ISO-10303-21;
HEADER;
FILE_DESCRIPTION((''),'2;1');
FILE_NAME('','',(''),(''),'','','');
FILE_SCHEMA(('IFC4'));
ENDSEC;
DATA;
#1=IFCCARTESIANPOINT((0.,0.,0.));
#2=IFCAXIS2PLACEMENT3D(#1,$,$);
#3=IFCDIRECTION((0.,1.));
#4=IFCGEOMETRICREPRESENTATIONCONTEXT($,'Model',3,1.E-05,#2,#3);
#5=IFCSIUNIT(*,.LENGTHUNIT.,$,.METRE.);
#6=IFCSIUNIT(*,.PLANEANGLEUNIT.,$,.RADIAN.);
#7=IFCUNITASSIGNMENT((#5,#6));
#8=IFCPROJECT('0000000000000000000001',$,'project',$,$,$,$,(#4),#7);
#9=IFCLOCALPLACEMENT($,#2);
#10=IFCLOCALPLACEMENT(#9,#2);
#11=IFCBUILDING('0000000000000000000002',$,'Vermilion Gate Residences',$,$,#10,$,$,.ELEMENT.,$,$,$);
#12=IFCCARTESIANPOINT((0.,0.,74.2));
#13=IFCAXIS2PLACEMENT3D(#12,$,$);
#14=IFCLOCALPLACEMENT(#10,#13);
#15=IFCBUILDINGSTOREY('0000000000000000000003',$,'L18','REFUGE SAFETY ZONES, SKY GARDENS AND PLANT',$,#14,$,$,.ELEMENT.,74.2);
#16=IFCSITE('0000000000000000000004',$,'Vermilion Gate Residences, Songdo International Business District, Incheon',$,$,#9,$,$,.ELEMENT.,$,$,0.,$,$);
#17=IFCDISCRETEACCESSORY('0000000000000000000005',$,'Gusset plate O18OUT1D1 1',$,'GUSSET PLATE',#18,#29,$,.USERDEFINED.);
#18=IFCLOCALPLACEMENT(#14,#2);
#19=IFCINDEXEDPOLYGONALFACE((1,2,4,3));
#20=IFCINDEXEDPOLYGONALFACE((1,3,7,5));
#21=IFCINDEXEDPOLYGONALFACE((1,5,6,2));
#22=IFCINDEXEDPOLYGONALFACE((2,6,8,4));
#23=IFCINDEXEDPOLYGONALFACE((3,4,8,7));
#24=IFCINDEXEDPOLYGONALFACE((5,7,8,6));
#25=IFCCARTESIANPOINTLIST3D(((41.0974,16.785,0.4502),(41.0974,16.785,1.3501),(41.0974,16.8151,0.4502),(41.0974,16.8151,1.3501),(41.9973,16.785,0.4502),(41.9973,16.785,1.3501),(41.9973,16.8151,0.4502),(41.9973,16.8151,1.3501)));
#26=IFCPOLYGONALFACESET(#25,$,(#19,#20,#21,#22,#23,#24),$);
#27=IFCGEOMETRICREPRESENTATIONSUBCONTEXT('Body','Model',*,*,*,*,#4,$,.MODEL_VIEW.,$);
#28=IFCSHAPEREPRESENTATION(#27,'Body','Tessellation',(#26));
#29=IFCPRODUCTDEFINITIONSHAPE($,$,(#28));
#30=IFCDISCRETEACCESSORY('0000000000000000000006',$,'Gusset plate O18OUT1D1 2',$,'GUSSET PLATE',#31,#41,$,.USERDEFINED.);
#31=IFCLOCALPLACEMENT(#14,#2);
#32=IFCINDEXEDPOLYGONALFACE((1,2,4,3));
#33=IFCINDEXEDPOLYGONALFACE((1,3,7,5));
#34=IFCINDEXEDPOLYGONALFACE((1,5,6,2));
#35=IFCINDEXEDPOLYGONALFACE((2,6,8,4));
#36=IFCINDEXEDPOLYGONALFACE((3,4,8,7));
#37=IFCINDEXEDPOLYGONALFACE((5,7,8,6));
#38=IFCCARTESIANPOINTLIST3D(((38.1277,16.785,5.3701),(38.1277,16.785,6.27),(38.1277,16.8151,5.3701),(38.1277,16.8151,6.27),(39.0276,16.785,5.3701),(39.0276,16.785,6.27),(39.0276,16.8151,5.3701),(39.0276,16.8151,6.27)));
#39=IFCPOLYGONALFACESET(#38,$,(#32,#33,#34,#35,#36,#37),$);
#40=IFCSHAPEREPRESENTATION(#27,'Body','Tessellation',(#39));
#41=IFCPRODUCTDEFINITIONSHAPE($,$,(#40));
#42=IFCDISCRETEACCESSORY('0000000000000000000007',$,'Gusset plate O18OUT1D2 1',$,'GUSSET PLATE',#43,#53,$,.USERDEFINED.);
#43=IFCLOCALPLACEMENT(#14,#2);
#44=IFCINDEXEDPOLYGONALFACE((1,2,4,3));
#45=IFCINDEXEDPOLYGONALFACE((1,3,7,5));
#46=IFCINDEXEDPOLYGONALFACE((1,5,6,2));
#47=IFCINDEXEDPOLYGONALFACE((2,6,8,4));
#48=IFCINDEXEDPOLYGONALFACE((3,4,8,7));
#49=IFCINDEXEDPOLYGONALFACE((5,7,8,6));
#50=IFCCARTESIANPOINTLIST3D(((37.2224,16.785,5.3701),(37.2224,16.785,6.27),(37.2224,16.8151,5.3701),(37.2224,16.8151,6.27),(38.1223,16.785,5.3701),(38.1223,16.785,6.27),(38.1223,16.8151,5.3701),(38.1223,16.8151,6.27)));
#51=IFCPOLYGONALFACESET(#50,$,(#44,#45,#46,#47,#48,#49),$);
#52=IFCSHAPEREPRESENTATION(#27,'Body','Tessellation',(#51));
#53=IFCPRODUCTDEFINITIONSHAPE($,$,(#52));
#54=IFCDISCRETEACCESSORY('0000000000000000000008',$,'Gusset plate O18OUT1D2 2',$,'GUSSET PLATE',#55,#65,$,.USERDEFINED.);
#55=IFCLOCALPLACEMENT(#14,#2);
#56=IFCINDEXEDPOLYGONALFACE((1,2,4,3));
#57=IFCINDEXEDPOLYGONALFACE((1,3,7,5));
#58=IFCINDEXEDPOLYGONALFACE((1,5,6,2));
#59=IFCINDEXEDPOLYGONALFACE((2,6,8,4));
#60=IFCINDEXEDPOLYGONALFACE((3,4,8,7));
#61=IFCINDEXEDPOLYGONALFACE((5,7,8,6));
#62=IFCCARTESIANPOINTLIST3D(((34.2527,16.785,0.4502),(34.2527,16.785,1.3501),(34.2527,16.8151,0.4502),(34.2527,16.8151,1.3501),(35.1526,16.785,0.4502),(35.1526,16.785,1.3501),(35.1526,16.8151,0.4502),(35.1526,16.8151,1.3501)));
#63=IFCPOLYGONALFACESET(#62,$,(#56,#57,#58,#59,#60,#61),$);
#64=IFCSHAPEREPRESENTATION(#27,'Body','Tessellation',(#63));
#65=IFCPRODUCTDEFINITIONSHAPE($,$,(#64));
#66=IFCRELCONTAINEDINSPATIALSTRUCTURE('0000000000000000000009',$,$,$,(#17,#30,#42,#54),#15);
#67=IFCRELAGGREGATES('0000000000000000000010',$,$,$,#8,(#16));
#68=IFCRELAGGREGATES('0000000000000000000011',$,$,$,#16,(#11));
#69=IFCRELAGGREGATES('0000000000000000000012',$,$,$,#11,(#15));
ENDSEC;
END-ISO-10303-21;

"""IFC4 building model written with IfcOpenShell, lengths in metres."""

from ifc_helpers import new_model, si_unit, direction, frame, origin, origin_2d, place, context, subcontext, project, spatial, rectangle, extrude, element, save


model = new_model("IFC4")

# Units and contexts
model_context = context("Model", 3, precision=1e-05, world=origin(), true_north=direction((0.0, 1.0)))
body_context = subcontext(model_context, "Body", "Model", "MODEL_VIEW")
ifc_project = project(units=[si_unit("LENGTHUNIT", "METRE"), si_unit("PLANEANGLEUNIT", "RADIAN")], contexts=[model_context])

# Site, building, storey
site_placement = place(None, origin())
site = spatial("IfcSite", under=ifc_project, at=site_placement, Name="Vermilion Gate Residences, Songdo International Business District, Incheon", CompositionType="ELEMENT", RefElevation=0.0)
building_placement = place(site_placement, origin())
building = spatial("IfcBuilding", under=site, at=building_placement, Name="Vermilion Gate Residences", CompositionType="ELEMENT")
storey_placement = place(building_placement, frame((0.0, 0.0, 74.2)))
storey = spatial("IfcBuildingStorey", under=building, at=storey_placement, Name="L18", Description="REFUGE SAFETY ZONES, SKY GARDENS AND PLANT", CompositionType="ELEMENT", Elevation=74.2)

# Discrete accessories
for number, where, z_axis, x_axis, name in (
    (1, (41.5474, 16.8, 0.4502), (0.0, 0.0, 1.0), (1.0, 0.0, 0.0), "Gusset plate O18OUT1D1 1"),
    (2, (38.5776, 16.8, 5.3701), (0.0, 0.0, 1.0), (1.0, 0.0, 0.0), "Gusset plate O18OUT1D1 2"),
    (3, (37.6724, 16.8, 5.3701), (0.0, 0.0, 1.0), (1.0, 0.0, 0.0), "Gusset plate O18OUT1D2 1"),
    (4, (34.7026, 16.8, 0.4502), (0.0, 0.0, 1.0), (1.0, 0.0, 0.0), "Gusset plate O18OUT1D2 2"),
):
    element("IfcDiscreteAccessory", number, at=place(storey_placement, frame(where, z_axis=z_axis, x_axis=x_axis)), inside=storey, Name=name, ObjectType="GUSSET PLATE", PredefinedType="USERDEFINED", context=body_context, shape_type="SweptSolid", body=[
        extrude(rectangle(XDim=0.8999, YDim=0.03, at=origin_2d()), origin(), (0.0, 0.0, 1.0), 0.8999),
    ])

save(model, "model.ifc")
